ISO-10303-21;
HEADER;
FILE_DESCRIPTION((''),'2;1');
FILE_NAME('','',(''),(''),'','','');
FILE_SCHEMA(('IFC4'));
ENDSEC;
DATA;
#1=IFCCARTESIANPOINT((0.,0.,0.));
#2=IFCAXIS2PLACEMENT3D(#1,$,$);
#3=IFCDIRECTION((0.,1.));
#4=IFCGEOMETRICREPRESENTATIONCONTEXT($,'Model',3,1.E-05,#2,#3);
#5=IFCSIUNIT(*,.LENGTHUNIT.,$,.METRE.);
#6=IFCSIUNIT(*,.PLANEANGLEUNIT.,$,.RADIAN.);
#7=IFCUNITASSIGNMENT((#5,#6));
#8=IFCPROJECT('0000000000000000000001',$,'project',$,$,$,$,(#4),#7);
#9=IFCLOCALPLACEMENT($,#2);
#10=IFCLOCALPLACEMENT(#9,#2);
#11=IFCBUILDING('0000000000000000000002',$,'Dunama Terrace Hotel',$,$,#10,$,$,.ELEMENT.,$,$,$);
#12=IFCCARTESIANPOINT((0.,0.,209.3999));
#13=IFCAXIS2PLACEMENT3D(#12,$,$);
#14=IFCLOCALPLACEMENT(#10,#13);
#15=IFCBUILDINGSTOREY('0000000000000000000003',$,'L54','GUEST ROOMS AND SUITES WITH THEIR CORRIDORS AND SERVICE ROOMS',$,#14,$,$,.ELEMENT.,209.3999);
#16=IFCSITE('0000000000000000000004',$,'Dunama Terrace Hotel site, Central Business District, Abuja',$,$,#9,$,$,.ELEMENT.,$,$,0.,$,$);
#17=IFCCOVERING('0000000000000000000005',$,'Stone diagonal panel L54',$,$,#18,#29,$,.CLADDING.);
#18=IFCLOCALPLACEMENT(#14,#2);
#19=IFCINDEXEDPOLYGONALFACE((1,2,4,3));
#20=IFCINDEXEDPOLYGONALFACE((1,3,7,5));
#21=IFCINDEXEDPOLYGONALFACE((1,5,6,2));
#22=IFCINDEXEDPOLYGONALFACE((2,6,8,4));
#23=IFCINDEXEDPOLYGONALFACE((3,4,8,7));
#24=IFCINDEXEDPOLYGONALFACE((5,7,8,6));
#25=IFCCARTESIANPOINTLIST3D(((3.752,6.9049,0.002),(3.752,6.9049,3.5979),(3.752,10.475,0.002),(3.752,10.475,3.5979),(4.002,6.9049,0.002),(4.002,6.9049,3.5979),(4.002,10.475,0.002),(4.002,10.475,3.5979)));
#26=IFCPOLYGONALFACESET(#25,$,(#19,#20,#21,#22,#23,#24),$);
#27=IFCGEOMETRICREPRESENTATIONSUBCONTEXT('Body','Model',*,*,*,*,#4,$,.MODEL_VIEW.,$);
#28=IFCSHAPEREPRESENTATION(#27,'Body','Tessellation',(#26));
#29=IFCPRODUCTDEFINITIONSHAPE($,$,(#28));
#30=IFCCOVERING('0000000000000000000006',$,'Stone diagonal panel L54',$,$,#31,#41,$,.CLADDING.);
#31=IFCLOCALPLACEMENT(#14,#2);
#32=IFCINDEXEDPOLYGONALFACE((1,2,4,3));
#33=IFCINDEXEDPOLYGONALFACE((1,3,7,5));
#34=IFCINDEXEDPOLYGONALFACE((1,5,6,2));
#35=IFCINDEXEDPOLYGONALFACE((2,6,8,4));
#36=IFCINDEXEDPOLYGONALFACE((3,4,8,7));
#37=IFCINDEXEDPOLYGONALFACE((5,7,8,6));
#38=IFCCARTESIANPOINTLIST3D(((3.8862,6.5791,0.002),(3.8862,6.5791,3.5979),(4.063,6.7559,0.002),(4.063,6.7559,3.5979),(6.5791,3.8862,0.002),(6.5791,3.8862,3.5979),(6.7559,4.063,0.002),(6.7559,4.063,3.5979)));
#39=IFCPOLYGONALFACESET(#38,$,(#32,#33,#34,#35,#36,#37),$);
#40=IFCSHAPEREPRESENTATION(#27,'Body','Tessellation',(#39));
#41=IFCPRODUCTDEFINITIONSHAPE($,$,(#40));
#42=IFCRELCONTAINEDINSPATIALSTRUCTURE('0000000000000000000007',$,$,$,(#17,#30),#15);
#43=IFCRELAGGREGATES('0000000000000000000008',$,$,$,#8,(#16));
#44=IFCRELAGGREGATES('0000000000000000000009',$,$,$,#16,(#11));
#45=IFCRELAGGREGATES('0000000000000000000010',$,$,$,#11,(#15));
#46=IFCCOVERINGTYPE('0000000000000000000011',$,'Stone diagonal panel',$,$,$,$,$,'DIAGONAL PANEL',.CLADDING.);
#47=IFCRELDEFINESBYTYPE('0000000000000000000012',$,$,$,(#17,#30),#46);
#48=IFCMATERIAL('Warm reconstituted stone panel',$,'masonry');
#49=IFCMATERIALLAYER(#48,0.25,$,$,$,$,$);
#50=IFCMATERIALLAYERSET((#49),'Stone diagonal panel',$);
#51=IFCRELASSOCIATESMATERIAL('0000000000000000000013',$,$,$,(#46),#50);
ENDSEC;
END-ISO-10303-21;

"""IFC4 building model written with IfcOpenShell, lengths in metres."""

from ifc_helpers import new_model, si_unit, direction, frame, origin, origin_2d, place, context, subcontext, project, spatial, rectangle, extrude, material, layer, layer_set, type_object, element, save


model = new_model("IFC4")

# Units and contexts
model_context = context("Model", 3, precision=1e-05, world=origin(), true_north=direction((0.0, 1.0)))
body_context = subcontext(model_context, "Body", "Model", "MODEL_VIEW")
ifc_project = project(units=[si_unit("LENGTHUNIT", "METRE"), si_unit("PLANEANGLEUNIT", "RADIAN")], contexts=[model_context])

# Site, building, storey
site_placement = place(None, origin())
site = spatial("IfcSite", under=ifc_project, at=site_placement, Name="Dunama Terrace Hotel site, Central Business District, Abuja", CompositionType="ELEMENT", RefElevation=0.0)
building_placement = place(site_placement, origin())
building = spatial("IfcBuilding", under=site, at=building_placement, Name="Dunama Terrace Hotel", CompositionType="ELEMENT")
storey_placement = place(building_placement, frame((0.0, 0.0, 209.3999)))
storey = spatial("IfcBuildingStorey", under=building, at=storey_placement, Name="L54", Description="GUEST ROOMS AND SUITES WITH THEIR CORRIDORS AND SERVICE ROOMS", CompositionType="ELEMENT", Elevation=209.3999)

# Coverings
ifc_material_1 = material(Name="Warm reconstituted stone panel", Category="masonry")
ifc_layer_1 = layer(ifc_material_1, 0.25)
ifc_layer_set_1 = layer_set([ifc_layer_1], Name="Stone diagonal panel")
covering_type = type_object("IfcCoveringType", Name="Stone diagonal panel", ElementType="DIAGONAL PANEL", PredefinedType="CLADDING", material=ifc_layer_set_1)
for number, where, z_axis, x_axis, name in (
    (1, (3.877, 8.6899, 0.002), (0.0, 0.0, 1.0), (0.0, -1.0, 0.0), "Stone diagonal panel L54"),
):
    element("IfcCovering", number, at=place(storey_placement, frame(where, z_axis=z_axis, x_axis=x_axis)), inside=storey, type_object=covering_type, Name=name, PredefinedType="CLADDING", context=body_context, shape_type="SweptSolid", body=[
        extrude(rectangle(XDim=3.5701, YDim=0.25, at=origin_2d()), origin(), (0.0, 0.0, 1.0), 3.5959),
    ])
covering_placement = place(storey_placement, frame((5.321, 5.321, 0.002), z_axis=(0.0, 0.0, 1.0), x_axis=(0.707107, -0.707107, 0.0)))
element("IfcCovering", 2, at=covering_placement, inside=storey, type_object=covering_type, Name="Stone diagonal panel L54", PredefinedType="CLADDING", context=body_context, shape_type="SweptSolid", body=[
    extrude(rectangle(XDim=3.8083, YDim=0.25, at=origin_2d()), origin(), (0.0, 0.0, 1.0), 3.5959),
])

save(model, "model.ifc")
